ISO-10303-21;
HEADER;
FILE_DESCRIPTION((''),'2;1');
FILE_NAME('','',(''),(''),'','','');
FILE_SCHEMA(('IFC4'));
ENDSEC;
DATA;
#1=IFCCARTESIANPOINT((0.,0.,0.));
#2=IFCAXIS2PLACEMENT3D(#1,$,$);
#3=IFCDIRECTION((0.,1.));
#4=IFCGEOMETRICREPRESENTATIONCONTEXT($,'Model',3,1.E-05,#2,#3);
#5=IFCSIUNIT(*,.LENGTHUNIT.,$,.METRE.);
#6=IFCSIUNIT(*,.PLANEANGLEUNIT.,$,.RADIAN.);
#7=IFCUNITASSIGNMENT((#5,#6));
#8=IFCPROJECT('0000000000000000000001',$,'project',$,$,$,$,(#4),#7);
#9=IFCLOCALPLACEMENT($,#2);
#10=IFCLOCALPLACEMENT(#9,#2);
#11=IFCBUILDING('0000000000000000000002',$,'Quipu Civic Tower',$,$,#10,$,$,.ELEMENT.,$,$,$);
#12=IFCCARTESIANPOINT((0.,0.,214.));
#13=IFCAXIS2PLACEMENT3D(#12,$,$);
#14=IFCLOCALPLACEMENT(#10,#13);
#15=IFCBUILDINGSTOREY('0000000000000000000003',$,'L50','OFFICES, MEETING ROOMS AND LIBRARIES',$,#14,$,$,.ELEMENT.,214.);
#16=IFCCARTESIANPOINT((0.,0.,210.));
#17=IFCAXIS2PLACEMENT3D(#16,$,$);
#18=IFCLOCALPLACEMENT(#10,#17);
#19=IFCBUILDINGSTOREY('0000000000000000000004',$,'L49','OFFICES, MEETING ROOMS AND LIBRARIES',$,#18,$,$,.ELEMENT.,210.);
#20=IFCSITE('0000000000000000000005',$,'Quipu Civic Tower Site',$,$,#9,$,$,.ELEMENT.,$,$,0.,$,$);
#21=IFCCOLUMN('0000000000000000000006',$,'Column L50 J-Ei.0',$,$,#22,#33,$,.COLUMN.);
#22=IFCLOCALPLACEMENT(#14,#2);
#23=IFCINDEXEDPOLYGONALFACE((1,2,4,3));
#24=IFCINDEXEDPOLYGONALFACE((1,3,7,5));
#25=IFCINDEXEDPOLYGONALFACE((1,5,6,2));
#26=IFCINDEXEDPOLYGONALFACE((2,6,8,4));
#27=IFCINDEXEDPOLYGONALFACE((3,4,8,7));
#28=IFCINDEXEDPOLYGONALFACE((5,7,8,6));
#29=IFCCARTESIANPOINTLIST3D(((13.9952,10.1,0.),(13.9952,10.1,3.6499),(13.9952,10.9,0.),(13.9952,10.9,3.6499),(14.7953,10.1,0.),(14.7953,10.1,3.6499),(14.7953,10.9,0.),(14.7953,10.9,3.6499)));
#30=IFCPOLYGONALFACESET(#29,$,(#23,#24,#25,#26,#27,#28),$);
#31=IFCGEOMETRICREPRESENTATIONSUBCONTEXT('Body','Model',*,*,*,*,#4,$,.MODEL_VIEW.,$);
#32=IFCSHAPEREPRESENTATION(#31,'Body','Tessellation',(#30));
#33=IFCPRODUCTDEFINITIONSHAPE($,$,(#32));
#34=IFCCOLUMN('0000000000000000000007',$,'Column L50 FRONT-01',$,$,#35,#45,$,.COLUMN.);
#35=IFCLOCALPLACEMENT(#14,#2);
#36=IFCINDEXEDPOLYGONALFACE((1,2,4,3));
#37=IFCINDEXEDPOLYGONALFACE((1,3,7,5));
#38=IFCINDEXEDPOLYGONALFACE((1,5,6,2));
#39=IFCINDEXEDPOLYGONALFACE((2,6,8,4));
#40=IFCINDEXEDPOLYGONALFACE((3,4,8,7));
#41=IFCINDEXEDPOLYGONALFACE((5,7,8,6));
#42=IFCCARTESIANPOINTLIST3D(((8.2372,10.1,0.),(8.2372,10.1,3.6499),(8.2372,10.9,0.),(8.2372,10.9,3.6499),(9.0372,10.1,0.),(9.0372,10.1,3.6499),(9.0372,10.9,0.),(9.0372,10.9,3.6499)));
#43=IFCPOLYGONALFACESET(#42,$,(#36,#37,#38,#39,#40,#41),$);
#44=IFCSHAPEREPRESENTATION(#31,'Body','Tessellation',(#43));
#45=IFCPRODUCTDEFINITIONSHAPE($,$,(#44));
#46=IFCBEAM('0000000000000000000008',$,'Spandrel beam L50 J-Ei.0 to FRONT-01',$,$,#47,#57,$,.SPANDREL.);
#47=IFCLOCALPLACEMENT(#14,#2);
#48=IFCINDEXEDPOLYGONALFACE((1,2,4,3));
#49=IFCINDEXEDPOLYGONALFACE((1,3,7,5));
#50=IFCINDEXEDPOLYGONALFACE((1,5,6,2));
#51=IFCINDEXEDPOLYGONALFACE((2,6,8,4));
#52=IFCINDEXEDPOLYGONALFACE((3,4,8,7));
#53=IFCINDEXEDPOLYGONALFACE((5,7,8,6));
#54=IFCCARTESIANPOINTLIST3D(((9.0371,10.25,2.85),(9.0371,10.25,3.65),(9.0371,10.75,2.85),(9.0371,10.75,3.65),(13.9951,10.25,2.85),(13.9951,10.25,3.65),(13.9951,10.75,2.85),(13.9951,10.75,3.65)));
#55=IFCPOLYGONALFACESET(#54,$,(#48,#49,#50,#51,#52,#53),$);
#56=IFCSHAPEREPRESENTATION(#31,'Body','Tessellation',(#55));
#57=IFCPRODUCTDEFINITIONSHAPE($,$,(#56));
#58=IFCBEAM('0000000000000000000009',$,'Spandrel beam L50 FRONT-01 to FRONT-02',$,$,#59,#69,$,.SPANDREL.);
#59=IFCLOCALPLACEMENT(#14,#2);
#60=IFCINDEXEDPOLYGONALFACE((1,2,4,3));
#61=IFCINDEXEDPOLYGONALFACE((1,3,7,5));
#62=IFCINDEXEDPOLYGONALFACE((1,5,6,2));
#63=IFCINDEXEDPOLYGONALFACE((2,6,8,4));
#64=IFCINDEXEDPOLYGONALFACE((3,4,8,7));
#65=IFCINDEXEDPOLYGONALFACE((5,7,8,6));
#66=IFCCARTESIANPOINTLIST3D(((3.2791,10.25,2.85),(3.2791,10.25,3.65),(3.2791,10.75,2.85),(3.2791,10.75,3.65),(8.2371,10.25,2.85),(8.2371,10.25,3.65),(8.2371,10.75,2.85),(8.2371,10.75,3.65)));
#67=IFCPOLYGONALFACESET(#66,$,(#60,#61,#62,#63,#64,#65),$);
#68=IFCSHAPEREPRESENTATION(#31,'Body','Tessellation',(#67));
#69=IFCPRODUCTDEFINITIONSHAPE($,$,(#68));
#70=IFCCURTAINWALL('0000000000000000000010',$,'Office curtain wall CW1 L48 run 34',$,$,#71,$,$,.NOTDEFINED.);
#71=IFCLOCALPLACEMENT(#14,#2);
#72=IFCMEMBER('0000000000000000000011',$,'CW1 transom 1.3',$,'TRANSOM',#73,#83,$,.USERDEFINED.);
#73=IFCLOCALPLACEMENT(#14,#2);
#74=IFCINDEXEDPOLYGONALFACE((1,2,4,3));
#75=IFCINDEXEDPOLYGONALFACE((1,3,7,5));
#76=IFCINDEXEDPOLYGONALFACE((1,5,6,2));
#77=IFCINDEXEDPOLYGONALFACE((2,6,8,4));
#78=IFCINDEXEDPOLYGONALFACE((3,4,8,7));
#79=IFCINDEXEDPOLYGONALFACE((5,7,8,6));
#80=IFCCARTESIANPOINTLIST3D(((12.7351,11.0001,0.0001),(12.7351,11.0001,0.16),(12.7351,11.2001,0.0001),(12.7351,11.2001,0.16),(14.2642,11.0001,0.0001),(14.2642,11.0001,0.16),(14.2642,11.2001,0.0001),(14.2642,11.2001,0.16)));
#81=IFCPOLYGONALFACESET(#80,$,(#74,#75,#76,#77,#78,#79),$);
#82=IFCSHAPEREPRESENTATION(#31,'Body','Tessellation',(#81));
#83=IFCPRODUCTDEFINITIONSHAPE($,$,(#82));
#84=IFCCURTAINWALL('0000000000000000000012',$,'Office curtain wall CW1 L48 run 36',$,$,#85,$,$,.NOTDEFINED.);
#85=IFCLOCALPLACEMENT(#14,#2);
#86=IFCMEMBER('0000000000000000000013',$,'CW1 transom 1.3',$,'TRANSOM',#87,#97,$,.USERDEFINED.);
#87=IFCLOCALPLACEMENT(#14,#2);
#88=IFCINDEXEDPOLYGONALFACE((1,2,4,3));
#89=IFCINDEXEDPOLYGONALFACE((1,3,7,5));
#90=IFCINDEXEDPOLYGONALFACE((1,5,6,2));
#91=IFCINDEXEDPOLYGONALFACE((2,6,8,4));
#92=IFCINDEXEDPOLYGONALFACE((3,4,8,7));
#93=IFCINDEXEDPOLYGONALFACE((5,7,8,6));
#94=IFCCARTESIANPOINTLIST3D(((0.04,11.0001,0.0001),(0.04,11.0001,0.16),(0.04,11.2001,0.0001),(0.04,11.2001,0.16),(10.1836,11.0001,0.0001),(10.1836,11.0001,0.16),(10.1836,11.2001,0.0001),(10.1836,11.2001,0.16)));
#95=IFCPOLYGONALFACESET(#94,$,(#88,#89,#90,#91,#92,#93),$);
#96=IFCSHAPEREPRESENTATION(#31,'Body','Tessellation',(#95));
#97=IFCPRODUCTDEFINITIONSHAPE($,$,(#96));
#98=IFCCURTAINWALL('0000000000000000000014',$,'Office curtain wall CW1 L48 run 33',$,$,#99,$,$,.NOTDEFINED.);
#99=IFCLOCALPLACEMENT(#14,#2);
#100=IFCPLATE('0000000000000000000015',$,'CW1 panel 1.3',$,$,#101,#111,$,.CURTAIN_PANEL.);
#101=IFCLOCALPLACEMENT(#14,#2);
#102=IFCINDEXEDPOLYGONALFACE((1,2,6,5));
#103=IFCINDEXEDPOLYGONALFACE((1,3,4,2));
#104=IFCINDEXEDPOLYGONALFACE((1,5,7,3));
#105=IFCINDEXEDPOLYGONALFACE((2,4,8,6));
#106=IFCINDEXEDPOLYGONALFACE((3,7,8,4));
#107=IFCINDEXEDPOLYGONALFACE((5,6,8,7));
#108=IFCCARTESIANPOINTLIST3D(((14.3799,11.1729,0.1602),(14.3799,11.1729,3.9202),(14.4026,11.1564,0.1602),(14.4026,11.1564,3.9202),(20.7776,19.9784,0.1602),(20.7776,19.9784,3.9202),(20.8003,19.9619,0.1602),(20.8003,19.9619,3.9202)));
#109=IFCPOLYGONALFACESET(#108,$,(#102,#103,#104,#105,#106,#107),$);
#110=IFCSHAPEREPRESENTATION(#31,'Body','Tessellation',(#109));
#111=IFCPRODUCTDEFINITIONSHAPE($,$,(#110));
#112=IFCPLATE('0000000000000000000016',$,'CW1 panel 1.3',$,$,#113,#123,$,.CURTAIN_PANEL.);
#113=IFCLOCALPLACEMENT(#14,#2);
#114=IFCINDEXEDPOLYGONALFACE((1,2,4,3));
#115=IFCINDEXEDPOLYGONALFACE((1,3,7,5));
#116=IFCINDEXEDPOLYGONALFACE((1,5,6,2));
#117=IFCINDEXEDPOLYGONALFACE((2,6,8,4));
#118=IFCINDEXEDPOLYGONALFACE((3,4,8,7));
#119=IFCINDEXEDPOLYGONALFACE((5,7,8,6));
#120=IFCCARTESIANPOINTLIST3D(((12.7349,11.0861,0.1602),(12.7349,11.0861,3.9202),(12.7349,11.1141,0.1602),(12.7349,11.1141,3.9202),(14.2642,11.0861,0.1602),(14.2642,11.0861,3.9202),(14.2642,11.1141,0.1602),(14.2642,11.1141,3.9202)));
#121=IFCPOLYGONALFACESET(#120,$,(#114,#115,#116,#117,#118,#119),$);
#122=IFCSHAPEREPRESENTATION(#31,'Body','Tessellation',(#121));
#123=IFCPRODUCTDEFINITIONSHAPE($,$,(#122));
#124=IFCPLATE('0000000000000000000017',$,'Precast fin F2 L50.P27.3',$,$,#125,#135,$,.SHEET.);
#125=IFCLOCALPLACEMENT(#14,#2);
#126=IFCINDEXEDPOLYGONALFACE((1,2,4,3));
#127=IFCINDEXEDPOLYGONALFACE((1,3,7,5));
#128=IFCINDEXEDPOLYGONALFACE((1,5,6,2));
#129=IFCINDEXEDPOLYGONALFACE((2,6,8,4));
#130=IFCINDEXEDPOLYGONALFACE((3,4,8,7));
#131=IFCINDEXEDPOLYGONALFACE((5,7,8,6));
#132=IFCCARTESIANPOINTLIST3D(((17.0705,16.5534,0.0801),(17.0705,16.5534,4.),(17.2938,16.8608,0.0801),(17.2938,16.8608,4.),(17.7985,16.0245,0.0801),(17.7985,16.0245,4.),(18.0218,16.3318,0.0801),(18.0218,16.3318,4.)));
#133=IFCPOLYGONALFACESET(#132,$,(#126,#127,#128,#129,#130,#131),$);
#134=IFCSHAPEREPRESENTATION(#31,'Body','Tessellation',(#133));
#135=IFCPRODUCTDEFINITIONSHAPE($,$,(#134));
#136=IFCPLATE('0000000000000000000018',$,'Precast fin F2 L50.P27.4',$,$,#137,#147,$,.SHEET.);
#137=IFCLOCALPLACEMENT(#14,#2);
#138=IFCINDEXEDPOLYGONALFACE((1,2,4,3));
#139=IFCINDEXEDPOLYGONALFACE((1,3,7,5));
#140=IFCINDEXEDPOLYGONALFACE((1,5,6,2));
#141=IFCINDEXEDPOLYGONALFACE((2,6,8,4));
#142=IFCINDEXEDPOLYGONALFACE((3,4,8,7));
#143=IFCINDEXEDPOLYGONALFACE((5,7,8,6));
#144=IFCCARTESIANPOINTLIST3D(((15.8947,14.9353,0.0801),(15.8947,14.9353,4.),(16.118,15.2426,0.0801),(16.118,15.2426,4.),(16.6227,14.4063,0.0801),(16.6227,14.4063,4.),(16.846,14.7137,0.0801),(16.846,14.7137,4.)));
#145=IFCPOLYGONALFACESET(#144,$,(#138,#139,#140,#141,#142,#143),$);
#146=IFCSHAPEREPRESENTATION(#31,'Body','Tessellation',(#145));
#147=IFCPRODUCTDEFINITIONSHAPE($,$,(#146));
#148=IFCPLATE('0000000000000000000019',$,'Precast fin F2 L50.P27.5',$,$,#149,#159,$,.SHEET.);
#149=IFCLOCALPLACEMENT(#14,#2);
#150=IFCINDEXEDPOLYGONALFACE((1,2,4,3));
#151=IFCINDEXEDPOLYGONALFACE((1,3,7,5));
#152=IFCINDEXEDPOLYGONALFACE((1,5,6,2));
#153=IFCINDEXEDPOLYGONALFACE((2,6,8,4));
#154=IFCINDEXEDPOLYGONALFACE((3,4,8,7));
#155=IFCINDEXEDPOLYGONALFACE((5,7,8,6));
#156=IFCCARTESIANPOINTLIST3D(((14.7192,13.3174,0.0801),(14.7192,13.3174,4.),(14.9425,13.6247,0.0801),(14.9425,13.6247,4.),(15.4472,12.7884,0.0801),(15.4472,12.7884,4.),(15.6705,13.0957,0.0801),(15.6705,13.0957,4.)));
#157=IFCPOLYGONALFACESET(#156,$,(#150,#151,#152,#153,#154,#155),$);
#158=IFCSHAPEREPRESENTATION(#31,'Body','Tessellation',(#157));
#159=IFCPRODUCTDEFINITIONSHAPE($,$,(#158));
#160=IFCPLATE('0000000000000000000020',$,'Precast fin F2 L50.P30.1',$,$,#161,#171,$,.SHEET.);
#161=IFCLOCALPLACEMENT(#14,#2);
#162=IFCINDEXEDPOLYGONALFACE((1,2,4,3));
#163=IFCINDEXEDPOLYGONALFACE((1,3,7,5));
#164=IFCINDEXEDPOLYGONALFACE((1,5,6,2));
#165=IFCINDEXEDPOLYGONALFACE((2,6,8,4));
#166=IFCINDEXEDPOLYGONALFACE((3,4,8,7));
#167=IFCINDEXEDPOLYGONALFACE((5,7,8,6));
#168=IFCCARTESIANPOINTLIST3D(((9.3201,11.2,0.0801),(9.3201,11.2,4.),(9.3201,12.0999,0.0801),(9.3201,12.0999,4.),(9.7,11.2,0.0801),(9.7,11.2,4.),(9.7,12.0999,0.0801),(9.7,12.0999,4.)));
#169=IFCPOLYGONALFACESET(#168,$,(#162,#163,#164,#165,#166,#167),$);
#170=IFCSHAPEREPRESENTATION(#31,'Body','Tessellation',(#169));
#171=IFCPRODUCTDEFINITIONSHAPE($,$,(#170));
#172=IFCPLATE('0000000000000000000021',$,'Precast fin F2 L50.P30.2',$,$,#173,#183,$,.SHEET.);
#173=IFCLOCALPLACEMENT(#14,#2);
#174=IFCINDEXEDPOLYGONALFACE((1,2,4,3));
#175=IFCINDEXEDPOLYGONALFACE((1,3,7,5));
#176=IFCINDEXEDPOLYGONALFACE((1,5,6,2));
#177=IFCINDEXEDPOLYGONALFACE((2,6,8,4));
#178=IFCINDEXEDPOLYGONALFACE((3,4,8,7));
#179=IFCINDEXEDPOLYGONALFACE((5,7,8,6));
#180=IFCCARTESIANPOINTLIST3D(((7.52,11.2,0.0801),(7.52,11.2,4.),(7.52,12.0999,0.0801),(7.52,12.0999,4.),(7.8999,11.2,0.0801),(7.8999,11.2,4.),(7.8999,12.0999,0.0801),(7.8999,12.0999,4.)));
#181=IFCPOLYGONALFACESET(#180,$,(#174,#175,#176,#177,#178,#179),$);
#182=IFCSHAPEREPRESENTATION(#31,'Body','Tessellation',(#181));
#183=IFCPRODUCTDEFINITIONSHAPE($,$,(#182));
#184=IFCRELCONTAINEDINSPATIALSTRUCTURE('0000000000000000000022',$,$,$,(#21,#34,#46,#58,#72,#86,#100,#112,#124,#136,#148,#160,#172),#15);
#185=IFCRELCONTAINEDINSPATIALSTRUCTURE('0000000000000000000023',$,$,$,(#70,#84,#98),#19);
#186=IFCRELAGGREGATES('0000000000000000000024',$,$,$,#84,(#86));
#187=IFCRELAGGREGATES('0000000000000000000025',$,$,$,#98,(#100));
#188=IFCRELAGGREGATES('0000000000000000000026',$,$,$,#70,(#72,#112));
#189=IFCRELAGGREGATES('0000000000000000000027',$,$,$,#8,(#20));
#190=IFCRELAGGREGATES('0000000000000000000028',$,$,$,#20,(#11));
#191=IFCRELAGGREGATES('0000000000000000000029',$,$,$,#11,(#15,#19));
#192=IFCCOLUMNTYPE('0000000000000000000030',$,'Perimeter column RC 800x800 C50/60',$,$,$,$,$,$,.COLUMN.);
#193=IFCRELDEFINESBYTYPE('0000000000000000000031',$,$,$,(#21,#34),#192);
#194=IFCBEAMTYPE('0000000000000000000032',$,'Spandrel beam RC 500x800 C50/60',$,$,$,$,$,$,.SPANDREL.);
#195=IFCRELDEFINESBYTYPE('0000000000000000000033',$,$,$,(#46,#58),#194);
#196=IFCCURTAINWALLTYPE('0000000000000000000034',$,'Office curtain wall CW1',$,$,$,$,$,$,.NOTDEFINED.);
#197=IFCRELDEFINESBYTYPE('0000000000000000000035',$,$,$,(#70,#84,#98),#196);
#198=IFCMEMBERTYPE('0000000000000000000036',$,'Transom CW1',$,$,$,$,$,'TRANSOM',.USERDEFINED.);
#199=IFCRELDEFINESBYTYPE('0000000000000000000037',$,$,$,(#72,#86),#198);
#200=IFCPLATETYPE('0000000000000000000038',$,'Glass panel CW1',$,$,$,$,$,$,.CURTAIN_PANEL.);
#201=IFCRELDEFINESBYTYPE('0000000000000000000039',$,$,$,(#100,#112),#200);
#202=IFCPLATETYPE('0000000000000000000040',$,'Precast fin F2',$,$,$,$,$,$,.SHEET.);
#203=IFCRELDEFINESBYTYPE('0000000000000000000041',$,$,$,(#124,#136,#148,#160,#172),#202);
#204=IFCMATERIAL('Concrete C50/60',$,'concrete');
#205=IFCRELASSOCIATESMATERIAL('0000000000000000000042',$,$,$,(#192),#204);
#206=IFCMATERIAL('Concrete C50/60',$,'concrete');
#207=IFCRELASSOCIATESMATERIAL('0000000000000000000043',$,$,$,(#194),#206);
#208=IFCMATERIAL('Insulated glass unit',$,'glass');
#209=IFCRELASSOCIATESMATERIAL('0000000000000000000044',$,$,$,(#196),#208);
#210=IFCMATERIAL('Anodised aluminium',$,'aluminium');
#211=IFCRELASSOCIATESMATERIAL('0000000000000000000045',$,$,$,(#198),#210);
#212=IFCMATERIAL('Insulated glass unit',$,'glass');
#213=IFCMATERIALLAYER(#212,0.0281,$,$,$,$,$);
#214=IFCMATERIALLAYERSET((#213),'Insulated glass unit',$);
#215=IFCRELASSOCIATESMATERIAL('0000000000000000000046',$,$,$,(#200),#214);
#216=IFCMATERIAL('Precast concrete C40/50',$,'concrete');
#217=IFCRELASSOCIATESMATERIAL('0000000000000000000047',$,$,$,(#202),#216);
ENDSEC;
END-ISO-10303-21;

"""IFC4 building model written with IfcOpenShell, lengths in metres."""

from ifc_helpers import new_model, si_unit, direction, frame, origin, origin_2d, place, context, subcontext, project, spatial, rectangle, extrude, material, layer, layer_set, material_profile, profile_set, type_object, element, aggregate, save


model = new_model("IFC4")

# Units and contexts
model_context = context("Model", 3, precision=1e-05, world=origin(), true_north=direction((0.0, 1.0)))
body_context = subcontext(model_context, "Body", "Model", "MODEL_VIEW")
ifc_project = project(units=[si_unit("LENGTHUNIT", "METRE"), si_unit("PLANEANGLEUNIT", "RADIAN")], contexts=[model_context])

# Site, building, storey
site_placement = place(None, origin())
site = spatial("IfcSite", under=ifc_project, at=site_placement, Name="Quipu Civic Tower Site", CompositionType="ELEMENT", RefElevation=0.0)
building_placement = place(site_placement, origin())
building = spatial("IfcBuilding", under=site, at=building_placement, Name="Quipu Civic Tower", CompositionType="ELEMENT")
storey_1_placement = place(building_placement, frame((0.0, 0.0, 214.0)))
storey_1 = spatial("IfcBuildingStorey", under=building, at=storey_1_placement, Name="L50", Description="OFFICES, MEETING ROOMS AND LIBRARIES", CompositionType="ELEMENT", Elevation=214.0)

# Columns
ifc_material_1 = material(Name="Concrete C50/60", Category="concrete")
ifc_material_profile_1 = material_profile(ifc_material_1, rectangle(XDim=0.8, YDim=0.8, at=origin_2d()), Name="RC800x800")
ifc_profile_set_1 = profile_set([ifc_material_profile_1], Name="Concrete C50/60")
column_type = type_object("IfcColumnType", Name="Perimeter column RC 800x800 C50/60", PredefinedType="COLUMN", material=ifc_profile_set_1)
for number, where, z_axis, x_axis, name in (
    (1, (14.3953, 10.5, 0.0), (0.0, 0.0, 1.0), (-1.0, 0.0, 0.0), "Column L50 J-Ei.0"),
    (2, (8.6372, 10.5, 0.0), (0.0, 0.0, 1.0), (-1.0, 0.0, 0.0), "Column L50 FRONT-01"),
):
    element("IfcColumn", number, at=place(storey_1_placement, frame(where, z_axis=z_axis, x_axis=x_axis)), inside=storey_1, type_object=column_type, Name=name, PredefinedType="COLUMN", context=body_context, shape_type="SweptSolid", body=[
        extrude(rectangle(XDim=0.8, YDim=0.8, at=origin_2d()), origin(), (0.0, 0.0, 1.0), 3.6499),
    ])

# Beams
ifc_material_2 = material(Name="Concrete C50/60", Category="concrete")
ifc_material_profile_2 = material_profile(ifc_material_2, rectangle(XDim=0.5, YDim=0.8, at=origin_2d()), Name="RC500x800")
ifc_profile_set_2 = profile_set([ifc_material_profile_2], Name="Concrete C50/60")
beam_type = type_object("IfcBeamType", Name="Spandrel beam RC 500x800 C50/60", PredefinedType="SPANDREL", material=ifc_profile_set_2)
for number, where, z_axis, x_axis, name in (
    (3, (13.9951, 10.5, 3.25), (-1.0, 0.0, 0.0), (0.0, -1.0, 0.0), "Spandrel beam L50 J-Ei.0 to FRONT-01"),
    (4, (8.2371, 10.5, 3.25), (-1.0, 0.0, 0.0), (0.0, -1.0, 0.0), "Spandrel beam L50 FRONT-01 to FRONT-02"),
):
    element("IfcBeam", number, at=place(storey_1_placement, frame(where, z_axis=z_axis, x_axis=x_axis)), inside=storey_1, type_object=beam_type, Name=name, PredefinedType="SPANDREL", context=body_context, shape_type="SweptSolid", body=[
        extrude(rectangle(XDim=0.5, YDim=0.8, at=origin_2d()), origin(), (0.0, 0.0, 1.0), 4.958),
    ])

# Shared definitions
storey_2_placement = place(building_placement, frame((0.0, 0.0, 210.0)))
storey_2 = spatial("IfcBuildingStorey", under=building, at=storey_2_placement, Name="L49", Description="OFFICES, MEETING ROOMS AND LIBRARIES", CompositionType="ELEMENT", Elevation=210.0)

# Curtain walls, members
ifc_material_3 = material(Name="Insulated glass unit", Category="glass")
curtain_wall_type = type_object("IfcCurtainWallType", Name="Office curtain wall CW1", PredefinedType="NOTDEFINED", material=ifc_material_3)
curtain_wall_1_placement = place(storey_2_placement, origin())
curtain_wall_1 = element("IfcCurtainWall", 5, at=curtain_wall_1_placement, inside=storey_2, type_object=curtain_wall_type, Name="Office curtain wall CW1 L48 run 34", PredefinedType="NOTDEFINED")
ifc_material_4 = material(Name="Anodised aluminium", Category="aluminium")
ifc_material_profile_3 = material_profile(ifc_material_4, rectangle(XDim=0.2, YDim=0.1599, at=origin_2d()), Name="RECT 200x160")
ifc_profile_set_3 = profile_set([ifc_material_profile_3], Name="Anodised aluminium")
member_type = type_object("IfcMemberType", Name="Transom CW1", ElementType="TRANSOM", PredefinedType="USERDEFINED", material=ifc_profile_set_3)
member_1_placement = place(storey_1_placement, frame((14.2642, 11.1001, 0.0801), z_axis=(-1.0, 0.0, 0.0), x_axis=(0.0, -1.0, 0.0)))
member_1 = element("IfcMember", 6, at=member_1_placement, inside=storey_1, type_object=member_type, Name="CW1 transom 1.3", ObjectType="TRANSOM", PredefinedType="USERDEFINED", context=body_context, shape_type="SweptSolid", body=[
    extrude(rectangle(XDim=0.2, YDim=0.1599, at=origin_2d()), origin(), (0.0, 0.0, 1.0), 1.5291),
])
curtain_wall_2_placement = place(storey_2_placement, origin())
curtain_wall_2 = element("IfcCurtainWall", 7, at=curtain_wall_2_placement, inside=storey_2, type_object=curtain_wall_type, Name="Office curtain wall CW1 L48 run 36", PredefinedType="NOTDEFINED")
member_2_placement = place(storey_1_placement, frame((10.1836, 11.1001, 0.0801), z_axis=(-1.0, 0.0, 0.0), x_axis=(0.0, -1.0, 0.0)))
member_2 = element("IfcMember", 8, at=member_2_placement, inside=storey_1, type_object=member_type, Name="CW1 transom 1.3", ObjectType="TRANSOM", PredefinedType="USERDEFINED", context=body_context, shape_type="SweptSolid", body=[
    extrude(rectangle(XDim=0.2, YDim=0.1599, at=origin_2d()), origin(), (0.0, 0.0, 1.0), 10.1436),
])
aggregate(curtain_wall_2, [member_2])

# Curtain wall, plate
curtain_wall_3_placement = place(storey_2_placement, origin())
curtain_wall_3 = element("IfcCurtainWall", 9, at=curtain_wall_3_placement, inside=storey_2, type_object=curtain_wall_type, Name="Office curtain wall CW1 L48 run 33", PredefinedType="NOTDEFINED")
ifc_material_5 = material(Name="Insulated glass unit", Category="glass")
ifc_layer_1 = layer(ifc_material_5, 0.0281)
ifc_layer_set_1 = layer_set([ifc_layer_1], Name="Insulated glass unit")
plate_type_1 = type_object("IfcPlateType", Name="Glass panel CW1", PredefinedType="CURTAIN_PANEL", material=ifc_layer_set_1)
plate_1_placement = place(storey_1_placement, frame((17.5901, 15.5674, 0.1602), z_axis=(0.0, 0.0, 1.0), x_axis=(-0.587788, -0.809015, 0.0)))
plate_1 = element("IfcPlate", 10, at=plate_1_placement, inside=storey_1, type_object=plate_type_1, Name="CW1 panel 1.3", PredefinedType="CURTAIN_PANEL", context=body_context, shape_type="SweptSolid", body=[
    extrude(rectangle(XDim=10.8843, YDim=0.0281, at=origin_2d()), origin(), (0.0, 0.0, 1.0), 3.76),
])
aggregate(curtain_wall_3, [plate_1])

# Plate
plate_2_placement = place(storey_1_placement, frame((13.4995, 11.1001, 0.1602), z_axis=(0.0, 0.0, 1.0), x_axis=(-1.0, 0.0, 0.0)))
plate_2 = element("IfcPlate", 11, at=plate_2_placement, inside=storey_1, type_object=plate_type_1, Name="CW1 panel 1.3", PredefinedType="CURTAIN_PANEL", context=body_context, shape_type="SweptSolid", body=[
    extrude(rectangle(XDim=1.5293, YDim=0.0281, at=origin_2d()), origin(), (0.0, 0.0, 1.0), 3.76),
])
aggregate(curtain_wall_1, [member_1, plate_2])

# Plates
ifc_material_6 = material(Name="Precast concrete C40/50", Category="concrete")
plate_type_2 = type_object("IfcPlateType", Name="Precast fin F2", PredefinedType="SHEET", material=ifc_material_6)
for number, where, z_axis, x_axis, name in (
    (12, (17.5461, 16.4426, 0.0801), (0.0, 0.0, 1.0), (-0.587784, -0.809018, 0.0), "Precast fin F2 L50.P27.3"),
    (13, (16.3704, 14.8245, 0.0801), (0.0, 0.0, 1.0), (-0.587784, -0.809018, 0.0), "Precast fin F2 L50.P27.4"),
    (14, (15.1948, 13.2065, 0.0801), (0.0, 0.0, 1.0), (-0.587784, -0.809018, 0.0), "Precast fin F2 L50.P27.5"),
    (15, (9.51, 11.6499, 0.0801), (0.0, 0.0, 1.0), (-1.0, 0.0, 0.0), "Precast fin F2 L50.P30.1"),
    (16, (7.71, 11.6499, 0.0801), (0.0, 0.0, 1.0), (-1.0, 0.0, 0.0), "Precast fin F2 L50.P30.2"),
):
    element("IfcPlate", number, at=place(storey_1_placement, frame(where, z_axis=z_axis, x_axis=x_axis)), inside=storey_1, type_object=plate_type_2, Name=name, PredefinedType="SHEET", context=body_context, shape_type="SweptSolid", body=[
        extrude(rectangle(XDim=0.3799, YDim=0.8999, at=origin_2d()), origin(), (0.0, 0.0, 1.0), 3.9199),
    ])

save(model, "model.ifc")
